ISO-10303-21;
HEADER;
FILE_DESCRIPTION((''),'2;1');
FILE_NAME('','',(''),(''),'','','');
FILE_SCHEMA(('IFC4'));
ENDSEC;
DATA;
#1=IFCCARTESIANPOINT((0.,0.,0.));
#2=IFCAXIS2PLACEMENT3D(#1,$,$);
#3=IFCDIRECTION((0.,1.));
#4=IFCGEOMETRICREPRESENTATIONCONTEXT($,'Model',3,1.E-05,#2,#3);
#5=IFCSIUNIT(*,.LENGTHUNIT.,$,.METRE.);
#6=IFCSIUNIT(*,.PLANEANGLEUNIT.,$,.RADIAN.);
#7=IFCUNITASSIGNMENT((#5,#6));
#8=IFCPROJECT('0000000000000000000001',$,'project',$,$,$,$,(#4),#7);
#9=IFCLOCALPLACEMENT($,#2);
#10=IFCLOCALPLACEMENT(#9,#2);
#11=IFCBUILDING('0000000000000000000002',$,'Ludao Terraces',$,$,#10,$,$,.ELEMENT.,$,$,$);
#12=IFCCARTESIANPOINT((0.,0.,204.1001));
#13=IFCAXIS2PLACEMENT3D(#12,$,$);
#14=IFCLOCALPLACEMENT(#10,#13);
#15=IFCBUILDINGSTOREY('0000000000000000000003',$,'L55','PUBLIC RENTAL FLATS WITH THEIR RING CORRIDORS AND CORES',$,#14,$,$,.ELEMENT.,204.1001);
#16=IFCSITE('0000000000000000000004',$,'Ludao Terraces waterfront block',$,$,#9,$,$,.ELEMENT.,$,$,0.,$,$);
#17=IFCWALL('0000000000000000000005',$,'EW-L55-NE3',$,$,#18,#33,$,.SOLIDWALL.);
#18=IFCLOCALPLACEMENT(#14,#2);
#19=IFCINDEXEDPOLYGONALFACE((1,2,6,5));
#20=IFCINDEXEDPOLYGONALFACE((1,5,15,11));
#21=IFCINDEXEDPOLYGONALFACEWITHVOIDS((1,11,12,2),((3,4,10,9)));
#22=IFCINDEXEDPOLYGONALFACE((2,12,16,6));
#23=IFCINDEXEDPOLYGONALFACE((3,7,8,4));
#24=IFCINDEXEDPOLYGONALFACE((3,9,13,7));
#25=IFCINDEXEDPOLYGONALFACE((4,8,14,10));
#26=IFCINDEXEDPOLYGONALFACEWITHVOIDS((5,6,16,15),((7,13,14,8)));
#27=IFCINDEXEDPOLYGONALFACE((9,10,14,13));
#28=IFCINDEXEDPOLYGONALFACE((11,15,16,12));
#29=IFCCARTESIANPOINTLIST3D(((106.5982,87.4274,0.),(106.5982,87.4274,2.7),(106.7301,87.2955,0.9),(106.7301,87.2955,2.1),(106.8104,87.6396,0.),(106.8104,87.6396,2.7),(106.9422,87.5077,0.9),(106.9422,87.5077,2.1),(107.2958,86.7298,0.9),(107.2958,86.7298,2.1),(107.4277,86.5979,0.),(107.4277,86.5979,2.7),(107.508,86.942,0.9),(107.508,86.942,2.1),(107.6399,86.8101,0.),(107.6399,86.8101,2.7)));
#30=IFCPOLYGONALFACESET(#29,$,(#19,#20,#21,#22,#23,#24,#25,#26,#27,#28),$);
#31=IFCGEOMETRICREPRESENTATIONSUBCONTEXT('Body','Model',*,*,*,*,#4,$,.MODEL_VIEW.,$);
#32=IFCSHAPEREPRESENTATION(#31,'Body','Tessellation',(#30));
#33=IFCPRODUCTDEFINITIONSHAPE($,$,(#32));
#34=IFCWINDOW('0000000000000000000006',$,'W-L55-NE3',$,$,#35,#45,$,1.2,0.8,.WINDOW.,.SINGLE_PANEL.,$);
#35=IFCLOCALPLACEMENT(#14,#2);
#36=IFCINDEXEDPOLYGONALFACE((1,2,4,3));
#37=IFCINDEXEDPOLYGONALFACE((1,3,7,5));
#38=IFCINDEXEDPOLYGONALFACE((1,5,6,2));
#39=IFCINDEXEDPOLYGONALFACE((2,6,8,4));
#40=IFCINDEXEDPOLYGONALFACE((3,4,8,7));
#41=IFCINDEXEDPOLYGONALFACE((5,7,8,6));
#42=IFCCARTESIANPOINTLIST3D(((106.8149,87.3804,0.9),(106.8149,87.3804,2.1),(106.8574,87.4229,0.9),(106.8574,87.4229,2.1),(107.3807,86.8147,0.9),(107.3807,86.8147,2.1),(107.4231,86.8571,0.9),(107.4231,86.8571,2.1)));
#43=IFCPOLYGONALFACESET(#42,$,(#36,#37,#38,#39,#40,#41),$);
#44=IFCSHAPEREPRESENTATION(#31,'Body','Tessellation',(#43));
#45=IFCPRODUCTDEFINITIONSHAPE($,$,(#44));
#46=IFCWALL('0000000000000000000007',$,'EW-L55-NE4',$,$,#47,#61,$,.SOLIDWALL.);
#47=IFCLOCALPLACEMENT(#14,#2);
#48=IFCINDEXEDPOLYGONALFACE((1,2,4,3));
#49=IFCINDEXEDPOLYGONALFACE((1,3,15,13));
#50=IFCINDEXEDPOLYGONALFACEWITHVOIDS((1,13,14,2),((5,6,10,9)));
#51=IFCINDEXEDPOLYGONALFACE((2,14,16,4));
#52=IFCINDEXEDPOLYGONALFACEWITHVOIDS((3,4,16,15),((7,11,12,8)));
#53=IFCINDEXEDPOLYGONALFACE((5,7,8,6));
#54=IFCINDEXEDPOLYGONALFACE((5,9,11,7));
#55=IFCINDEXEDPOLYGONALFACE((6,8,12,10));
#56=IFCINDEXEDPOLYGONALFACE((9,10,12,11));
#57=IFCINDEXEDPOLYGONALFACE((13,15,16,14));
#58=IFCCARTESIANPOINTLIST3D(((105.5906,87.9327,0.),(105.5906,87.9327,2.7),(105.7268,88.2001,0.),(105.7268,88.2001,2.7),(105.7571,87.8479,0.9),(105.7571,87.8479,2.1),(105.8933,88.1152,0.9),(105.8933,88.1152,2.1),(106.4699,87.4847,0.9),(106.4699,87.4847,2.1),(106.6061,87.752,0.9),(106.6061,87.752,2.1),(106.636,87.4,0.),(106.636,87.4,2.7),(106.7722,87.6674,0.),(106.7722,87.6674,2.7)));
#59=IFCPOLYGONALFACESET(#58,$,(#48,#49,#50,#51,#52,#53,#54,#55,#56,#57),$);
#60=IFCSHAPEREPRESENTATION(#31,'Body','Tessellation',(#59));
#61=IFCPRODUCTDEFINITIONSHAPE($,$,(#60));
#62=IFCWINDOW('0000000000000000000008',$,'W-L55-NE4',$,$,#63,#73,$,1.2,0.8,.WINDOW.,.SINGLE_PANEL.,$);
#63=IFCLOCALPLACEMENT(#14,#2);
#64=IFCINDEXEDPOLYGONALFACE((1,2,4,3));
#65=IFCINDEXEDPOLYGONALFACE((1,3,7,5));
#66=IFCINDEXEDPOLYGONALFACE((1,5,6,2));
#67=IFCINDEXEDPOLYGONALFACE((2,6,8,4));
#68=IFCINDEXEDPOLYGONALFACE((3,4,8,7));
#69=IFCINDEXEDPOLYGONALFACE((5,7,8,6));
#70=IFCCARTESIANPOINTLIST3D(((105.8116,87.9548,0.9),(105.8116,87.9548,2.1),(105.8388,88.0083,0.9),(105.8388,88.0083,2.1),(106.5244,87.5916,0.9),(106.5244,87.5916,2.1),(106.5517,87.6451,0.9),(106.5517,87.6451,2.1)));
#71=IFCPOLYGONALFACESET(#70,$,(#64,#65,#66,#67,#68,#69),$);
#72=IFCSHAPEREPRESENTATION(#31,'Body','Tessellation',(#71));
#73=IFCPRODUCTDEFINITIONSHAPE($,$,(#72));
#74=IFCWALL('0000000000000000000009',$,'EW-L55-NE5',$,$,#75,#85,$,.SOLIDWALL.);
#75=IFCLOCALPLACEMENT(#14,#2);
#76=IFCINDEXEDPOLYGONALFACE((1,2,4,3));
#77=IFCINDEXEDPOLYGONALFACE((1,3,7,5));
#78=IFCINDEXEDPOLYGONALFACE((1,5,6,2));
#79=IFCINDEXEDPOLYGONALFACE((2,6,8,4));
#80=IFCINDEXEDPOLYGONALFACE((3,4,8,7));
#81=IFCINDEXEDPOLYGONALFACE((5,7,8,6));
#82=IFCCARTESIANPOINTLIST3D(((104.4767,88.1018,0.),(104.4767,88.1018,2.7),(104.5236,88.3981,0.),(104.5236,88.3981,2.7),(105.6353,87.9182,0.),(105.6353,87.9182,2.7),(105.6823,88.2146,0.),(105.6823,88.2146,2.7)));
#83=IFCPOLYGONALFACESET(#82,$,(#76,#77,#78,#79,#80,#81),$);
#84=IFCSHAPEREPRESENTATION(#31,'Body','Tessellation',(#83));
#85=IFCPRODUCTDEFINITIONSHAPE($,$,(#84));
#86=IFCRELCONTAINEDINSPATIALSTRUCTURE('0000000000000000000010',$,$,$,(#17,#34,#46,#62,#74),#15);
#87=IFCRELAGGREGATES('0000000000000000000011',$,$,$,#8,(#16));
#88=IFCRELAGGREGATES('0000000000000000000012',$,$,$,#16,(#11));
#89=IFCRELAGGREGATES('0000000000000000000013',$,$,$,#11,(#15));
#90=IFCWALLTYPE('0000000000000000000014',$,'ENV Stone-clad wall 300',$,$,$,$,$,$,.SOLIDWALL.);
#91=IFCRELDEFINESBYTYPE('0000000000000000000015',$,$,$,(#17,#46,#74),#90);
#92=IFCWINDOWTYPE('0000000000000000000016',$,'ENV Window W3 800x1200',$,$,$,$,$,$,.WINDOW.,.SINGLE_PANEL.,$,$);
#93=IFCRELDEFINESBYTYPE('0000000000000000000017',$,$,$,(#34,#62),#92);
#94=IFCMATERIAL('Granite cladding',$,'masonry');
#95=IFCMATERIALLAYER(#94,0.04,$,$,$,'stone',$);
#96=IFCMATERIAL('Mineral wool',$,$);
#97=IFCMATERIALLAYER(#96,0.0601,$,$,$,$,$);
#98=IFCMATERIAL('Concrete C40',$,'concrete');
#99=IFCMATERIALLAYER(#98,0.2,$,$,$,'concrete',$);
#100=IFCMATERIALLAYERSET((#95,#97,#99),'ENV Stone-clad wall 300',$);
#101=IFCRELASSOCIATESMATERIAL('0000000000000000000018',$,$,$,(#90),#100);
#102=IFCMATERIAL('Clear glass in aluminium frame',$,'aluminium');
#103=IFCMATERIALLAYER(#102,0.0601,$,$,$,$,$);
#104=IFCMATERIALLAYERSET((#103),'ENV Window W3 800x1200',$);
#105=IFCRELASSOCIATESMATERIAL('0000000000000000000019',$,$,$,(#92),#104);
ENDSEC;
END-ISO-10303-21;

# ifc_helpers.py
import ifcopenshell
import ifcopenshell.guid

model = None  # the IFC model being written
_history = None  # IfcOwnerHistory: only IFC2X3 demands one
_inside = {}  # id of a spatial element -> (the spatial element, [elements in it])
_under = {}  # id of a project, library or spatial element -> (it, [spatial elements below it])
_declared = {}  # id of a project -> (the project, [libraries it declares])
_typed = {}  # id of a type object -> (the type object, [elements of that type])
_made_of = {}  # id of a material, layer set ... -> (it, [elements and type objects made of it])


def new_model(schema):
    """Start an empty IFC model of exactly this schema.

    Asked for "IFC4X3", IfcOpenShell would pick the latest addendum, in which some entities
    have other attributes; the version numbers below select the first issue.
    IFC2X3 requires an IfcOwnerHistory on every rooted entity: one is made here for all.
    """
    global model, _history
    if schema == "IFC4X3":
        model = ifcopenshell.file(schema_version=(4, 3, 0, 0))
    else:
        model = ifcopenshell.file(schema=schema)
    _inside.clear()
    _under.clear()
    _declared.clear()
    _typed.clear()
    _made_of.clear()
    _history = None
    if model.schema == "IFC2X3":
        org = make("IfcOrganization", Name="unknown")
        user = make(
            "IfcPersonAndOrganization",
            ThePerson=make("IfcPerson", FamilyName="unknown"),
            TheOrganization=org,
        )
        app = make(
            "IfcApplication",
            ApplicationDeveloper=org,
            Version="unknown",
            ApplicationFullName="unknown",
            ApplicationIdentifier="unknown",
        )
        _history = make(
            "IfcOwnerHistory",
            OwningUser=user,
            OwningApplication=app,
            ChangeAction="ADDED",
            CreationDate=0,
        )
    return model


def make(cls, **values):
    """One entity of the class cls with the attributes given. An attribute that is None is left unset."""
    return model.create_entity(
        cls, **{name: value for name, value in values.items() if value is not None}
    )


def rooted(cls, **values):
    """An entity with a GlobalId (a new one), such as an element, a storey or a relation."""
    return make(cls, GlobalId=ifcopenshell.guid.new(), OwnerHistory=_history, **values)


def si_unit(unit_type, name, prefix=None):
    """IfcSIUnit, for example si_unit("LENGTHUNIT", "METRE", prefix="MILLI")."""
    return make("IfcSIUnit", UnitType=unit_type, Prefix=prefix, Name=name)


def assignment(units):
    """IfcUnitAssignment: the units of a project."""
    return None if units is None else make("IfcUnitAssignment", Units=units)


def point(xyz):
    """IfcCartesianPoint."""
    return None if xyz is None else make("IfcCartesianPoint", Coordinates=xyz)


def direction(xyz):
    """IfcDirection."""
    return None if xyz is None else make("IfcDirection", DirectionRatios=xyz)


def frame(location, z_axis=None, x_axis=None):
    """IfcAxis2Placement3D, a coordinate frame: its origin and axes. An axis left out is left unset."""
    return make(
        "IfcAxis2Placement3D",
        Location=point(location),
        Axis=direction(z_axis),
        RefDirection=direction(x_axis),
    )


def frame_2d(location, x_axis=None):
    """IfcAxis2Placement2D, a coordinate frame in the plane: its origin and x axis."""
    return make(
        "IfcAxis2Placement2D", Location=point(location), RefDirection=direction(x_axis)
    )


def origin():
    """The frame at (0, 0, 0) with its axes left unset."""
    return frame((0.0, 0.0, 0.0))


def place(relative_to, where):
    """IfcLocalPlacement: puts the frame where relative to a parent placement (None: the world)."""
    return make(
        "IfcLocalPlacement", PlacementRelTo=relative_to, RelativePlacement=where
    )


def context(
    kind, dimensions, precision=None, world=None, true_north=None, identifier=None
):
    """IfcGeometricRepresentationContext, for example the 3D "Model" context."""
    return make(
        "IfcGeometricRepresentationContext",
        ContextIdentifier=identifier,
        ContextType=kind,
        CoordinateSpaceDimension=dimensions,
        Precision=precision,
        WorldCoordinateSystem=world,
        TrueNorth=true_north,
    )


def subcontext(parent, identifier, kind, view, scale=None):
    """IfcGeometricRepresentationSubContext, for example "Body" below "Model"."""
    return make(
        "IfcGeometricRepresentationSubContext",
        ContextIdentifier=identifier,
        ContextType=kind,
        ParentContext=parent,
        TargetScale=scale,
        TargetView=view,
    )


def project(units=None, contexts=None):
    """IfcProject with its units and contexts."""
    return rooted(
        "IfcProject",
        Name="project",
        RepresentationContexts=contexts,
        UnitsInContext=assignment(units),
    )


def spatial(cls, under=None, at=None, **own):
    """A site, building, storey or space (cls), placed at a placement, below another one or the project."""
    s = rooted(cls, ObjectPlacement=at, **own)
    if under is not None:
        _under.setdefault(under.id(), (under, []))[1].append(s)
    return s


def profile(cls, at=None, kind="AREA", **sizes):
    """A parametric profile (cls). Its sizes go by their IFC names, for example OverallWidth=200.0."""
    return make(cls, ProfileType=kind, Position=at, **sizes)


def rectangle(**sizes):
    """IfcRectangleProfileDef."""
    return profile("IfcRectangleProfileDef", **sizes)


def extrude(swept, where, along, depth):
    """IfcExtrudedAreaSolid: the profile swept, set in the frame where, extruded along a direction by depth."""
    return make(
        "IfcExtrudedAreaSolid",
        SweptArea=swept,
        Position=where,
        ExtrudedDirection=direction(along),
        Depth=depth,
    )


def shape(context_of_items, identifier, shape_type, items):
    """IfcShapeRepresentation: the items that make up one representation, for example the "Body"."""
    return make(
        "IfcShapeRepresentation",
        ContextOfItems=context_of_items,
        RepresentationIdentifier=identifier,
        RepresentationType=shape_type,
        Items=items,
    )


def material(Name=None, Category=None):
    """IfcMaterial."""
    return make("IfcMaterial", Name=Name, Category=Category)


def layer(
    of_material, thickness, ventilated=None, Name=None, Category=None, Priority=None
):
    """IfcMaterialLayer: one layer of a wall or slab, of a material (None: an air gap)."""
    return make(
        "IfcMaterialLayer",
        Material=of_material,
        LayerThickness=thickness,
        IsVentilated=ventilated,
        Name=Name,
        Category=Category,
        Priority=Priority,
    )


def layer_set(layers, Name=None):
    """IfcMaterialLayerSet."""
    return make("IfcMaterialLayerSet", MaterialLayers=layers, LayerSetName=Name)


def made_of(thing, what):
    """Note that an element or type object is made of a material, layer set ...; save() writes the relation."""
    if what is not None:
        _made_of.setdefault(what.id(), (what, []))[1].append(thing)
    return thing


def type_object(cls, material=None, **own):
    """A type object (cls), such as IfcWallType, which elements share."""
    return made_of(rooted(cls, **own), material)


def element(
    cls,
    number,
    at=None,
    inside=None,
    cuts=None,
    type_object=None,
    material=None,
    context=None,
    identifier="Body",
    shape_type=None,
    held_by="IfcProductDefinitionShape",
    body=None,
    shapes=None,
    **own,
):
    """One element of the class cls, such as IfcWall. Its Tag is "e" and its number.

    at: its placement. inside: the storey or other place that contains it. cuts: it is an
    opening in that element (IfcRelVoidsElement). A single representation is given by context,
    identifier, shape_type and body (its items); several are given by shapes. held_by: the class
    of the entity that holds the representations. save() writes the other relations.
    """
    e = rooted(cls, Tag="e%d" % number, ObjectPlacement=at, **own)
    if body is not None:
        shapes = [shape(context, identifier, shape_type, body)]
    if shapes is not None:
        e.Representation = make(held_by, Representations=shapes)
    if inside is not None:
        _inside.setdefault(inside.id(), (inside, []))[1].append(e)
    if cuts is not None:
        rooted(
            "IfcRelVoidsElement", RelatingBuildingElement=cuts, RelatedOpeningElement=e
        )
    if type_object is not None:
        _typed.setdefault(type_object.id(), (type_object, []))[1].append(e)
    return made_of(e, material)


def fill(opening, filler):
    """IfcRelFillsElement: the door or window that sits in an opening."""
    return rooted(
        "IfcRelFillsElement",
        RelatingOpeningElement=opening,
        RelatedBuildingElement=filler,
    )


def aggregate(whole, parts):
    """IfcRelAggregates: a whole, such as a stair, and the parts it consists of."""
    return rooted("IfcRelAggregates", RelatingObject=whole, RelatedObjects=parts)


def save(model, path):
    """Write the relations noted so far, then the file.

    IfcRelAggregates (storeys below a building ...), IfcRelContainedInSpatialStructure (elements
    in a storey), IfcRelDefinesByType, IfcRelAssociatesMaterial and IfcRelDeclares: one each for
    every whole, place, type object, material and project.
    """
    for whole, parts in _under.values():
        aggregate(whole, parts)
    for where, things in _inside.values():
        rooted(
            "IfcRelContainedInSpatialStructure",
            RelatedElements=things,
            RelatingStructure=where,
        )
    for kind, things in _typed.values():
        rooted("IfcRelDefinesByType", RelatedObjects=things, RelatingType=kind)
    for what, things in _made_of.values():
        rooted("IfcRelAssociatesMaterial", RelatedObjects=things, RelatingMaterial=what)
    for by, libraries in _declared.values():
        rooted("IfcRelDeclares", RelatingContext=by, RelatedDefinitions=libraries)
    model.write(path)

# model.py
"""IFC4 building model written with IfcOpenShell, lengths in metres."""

from ifc_helpers import new_model, si_unit, direction, frame, frame_2d, origin, place, context, subcontext, project, spatial, rectangle, extrude, material, layer, layer_set, type_object, element, fill, save


model = new_model("IFC4")

# Units and contexts
model_context = context("Model", 3, precision=1e-05, world=origin(), true_north=direction((0.0, 1.0)))
body_context = subcontext(model_context, "Body", "Model", "MODEL_VIEW")
ifc_project = project(units=[si_unit("LENGTHUNIT", "METRE"), si_unit("PLANEANGLEUNIT", "RADIAN")], contexts=[model_context])

# Site, building, storey
site_placement = place(None, origin())
site = spatial("IfcSite", under=ifc_project, at=site_placement, Name="Ludao Terraces waterfront block", CompositionType="ELEMENT", RefElevation=0.0)
building_placement = place(site_placement, origin())
building = spatial("IfcBuilding", under=site, at=building_placement, Name="Ludao Terraces", CompositionType="ELEMENT")
storey_placement = place(building_placement, frame((0.0, 0.0, 204.1001)))
storey = spatial("IfcBuildingStorey", under=building, at=storey_placement, Name="L55", Description="PUBLIC RENTAL FLATS WITH THEIR RING CORRIDORS AND CORES", CompositionType="ELEMENT", Elevation=204.1001)

# Shared definitions
ifc_material_1 = material(Name="Concrete C40", Category="concrete")

# Shared definitions
ifc_material_2 = material(Name="Granite cladding", Category="masonry")
ifc_layer_1 = layer(ifc_material_2, 0.04, Category="stone")
ifc_material_3 = material(Name="Mineral wool")
ifc_layer_2 = layer(ifc_material_3, 0.0601)
ifc_layer_3 = layer(ifc_material_1, 0.2, Category="concrete")
ifc_layer_set_1 = layer_set([ifc_layer_1, ifc_layer_2, ifc_layer_3], Name="ENV Stone-clad wall 300")
wall_type = type_object("IfcWallType", Name="ENV Stone-clad wall 300", PredefinedType="SOLIDWALL", material=ifc_layer_set_1)
ifc_material_4 = material(Name="Clear glass in aluminium frame", Category="aluminium")

# Walls, openings, windows
ifc_layer_4 = layer(ifc_material_4, 0.0601)
ifc_layer_set_2 = layer_set([ifc_layer_4], Name="ENV Window W3 800x1200")
window_type_1 = type_object("IfcWindowType", Name="ENV Window W3 800x1200", PartitioningType="SINGLE_PANEL", PredefinedType="WINDOW", material=ifc_layer_set_2)
wall_1_placement = place(storey_placement, frame((107.5337, 86.7041, 0.0), z_axis=(0.0, 0.0, 1.0), x_axis=(-0.707107, 0.707107, 0.0)))
wall_1 = element("IfcWall", 1, at=wall_1_placement, inside=storey, type_object=wall_type, Name="EW-L55-NE3", PredefinedType="SOLIDWALL", context=body_context, shape_type="SweptSolid", body=[
    extrude(rectangle(XDim=1.1731, YDim=0.3, at=frame_2d((0.5864, 0.0))), origin(), (0.0, 0.0, 1.0), 2.7),
])
opening_1_placement = place(wall_1_placement, frame((0.1865, 0.0, 0.8999)))
opening_1 = element("IfcOpeningElement", 2, at=opening_1_placement, cuts=wall_1, PredefinedType="OPENING", context=body_context, shape_type="SweptSolid", body=[
    extrude(rectangle(XDim=0.8, YDim=1.2, at=frame_2d((0.3999, 0.6001))), frame((0.0, 0.1602, 0.0), z_axis=(0.0, -1.0, 0.0), x_axis=(1.0, 0.0, 0.0)), (0.0, 0.0, 1.0), 0.3201),
])
window_1_placement = place(opening_1_placement, origin())
window_1 = element("IfcWindow", 3, at=window_1_placement, inside=storey, type_object=window_type_1, Name="W-L55-NE3", OverallHeight=1.2, OverallWidth=0.8, PartitioningType="SINGLE_PANEL", PredefinedType="WINDOW", context=body_context, shape_type="SweptSolid", body=[
    extrude(rectangle(XDim=0.8, YDim=1.2, at=frame_2d((0.3999, 0.6001))), frame((0.0, 0.03, 0.0), z_axis=(0.0, -1.0, 0.0), x_axis=(1.0, 0.0, 0.0)), (0.0, 0.0, 1.0), 0.0601),
])
fill(opening_1, window_1)
wall_2_placement = place(storey_placement, frame((106.7041, 87.5337, 0.0), z_axis=(0.0, 0.0, 1.0), x_axis=(-0.890989, 0.454026, 0.0)))
wall_2 = element("IfcWall", 4, at=wall_2_placement, inside=storey, type_object=wall_type, Name="EW-L55-NE4", PredefinedType="SOLIDWALL", context=body_context, shape_type="SweptSolid", body=[
    extrude(rectangle(XDim=1.1733, YDim=0.3, at=frame_2d((0.5867, 0.0))), origin(), (0.0, 0.0, 1.0), 2.7),
])
opening_2_placement = place(wall_2_placement, frame((0.1865, 0.0, 0.8999)))
opening_2 = element("IfcOpeningElement", 5, at=opening_2_placement, cuts=wall_2, PredefinedType="OPENING", context=body_context, shape_type="SweptSolid", body=[
    extrude(rectangle(XDim=0.8, YDim=1.2, at=frame_2d((0.3999, 0.6001))), frame((0.0, 0.1602, 0.0), z_axis=(0.0, -1.0, 0.0), x_axis=(1.0, 0.0, 0.0)), (0.0, 0.0, 1.0), 0.3201),
])
window_2_placement = place(opening_2_placement, origin())
window_2 = element("IfcWindow", 6, at=window_2_placement, inside=storey, type_object=window_type_1, Name="W-L55-NE4", OverallHeight=1.2, OverallWidth=0.8, PartitioningType="SINGLE_PANEL", PredefinedType="WINDOW", context=body_context, shape_type="SweptSolid", body=[
    extrude(rectangle(XDim=0.8, YDim=1.2, at=frame_2d((0.3999, 0.6001))), frame((0.0, 0.03, 0.0), z_axis=(0.0, -1.0, 0.0), x_axis=(1.0, 0.0, 0.0)), (0.0, 0.0, 1.0), 0.0601),
])
fill(opening_2, window_2)

# Wall
wall_3_placement = place(storey_placement, frame((105.6587, 88.0664, 0.0), z_axis=(0.0, 0.0, 1.0), x_axis=(-0.987678, 0.156497, 0.0)))
element("IfcWall", 7, at=wall_3_placement, inside=storey, type_object=wall_type, Name="EW-L55-NE5", PredefinedType="SOLIDWALL", context=body_context, shape_type="SweptSolid", body=[
    extrude(rectangle(XDim=1.1731, YDim=0.3, at=frame_2d((0.5864, 0.0))), origin(), (0.0, 0.0, 1.0), 2.7),
])

save(model, "model.ifc")
